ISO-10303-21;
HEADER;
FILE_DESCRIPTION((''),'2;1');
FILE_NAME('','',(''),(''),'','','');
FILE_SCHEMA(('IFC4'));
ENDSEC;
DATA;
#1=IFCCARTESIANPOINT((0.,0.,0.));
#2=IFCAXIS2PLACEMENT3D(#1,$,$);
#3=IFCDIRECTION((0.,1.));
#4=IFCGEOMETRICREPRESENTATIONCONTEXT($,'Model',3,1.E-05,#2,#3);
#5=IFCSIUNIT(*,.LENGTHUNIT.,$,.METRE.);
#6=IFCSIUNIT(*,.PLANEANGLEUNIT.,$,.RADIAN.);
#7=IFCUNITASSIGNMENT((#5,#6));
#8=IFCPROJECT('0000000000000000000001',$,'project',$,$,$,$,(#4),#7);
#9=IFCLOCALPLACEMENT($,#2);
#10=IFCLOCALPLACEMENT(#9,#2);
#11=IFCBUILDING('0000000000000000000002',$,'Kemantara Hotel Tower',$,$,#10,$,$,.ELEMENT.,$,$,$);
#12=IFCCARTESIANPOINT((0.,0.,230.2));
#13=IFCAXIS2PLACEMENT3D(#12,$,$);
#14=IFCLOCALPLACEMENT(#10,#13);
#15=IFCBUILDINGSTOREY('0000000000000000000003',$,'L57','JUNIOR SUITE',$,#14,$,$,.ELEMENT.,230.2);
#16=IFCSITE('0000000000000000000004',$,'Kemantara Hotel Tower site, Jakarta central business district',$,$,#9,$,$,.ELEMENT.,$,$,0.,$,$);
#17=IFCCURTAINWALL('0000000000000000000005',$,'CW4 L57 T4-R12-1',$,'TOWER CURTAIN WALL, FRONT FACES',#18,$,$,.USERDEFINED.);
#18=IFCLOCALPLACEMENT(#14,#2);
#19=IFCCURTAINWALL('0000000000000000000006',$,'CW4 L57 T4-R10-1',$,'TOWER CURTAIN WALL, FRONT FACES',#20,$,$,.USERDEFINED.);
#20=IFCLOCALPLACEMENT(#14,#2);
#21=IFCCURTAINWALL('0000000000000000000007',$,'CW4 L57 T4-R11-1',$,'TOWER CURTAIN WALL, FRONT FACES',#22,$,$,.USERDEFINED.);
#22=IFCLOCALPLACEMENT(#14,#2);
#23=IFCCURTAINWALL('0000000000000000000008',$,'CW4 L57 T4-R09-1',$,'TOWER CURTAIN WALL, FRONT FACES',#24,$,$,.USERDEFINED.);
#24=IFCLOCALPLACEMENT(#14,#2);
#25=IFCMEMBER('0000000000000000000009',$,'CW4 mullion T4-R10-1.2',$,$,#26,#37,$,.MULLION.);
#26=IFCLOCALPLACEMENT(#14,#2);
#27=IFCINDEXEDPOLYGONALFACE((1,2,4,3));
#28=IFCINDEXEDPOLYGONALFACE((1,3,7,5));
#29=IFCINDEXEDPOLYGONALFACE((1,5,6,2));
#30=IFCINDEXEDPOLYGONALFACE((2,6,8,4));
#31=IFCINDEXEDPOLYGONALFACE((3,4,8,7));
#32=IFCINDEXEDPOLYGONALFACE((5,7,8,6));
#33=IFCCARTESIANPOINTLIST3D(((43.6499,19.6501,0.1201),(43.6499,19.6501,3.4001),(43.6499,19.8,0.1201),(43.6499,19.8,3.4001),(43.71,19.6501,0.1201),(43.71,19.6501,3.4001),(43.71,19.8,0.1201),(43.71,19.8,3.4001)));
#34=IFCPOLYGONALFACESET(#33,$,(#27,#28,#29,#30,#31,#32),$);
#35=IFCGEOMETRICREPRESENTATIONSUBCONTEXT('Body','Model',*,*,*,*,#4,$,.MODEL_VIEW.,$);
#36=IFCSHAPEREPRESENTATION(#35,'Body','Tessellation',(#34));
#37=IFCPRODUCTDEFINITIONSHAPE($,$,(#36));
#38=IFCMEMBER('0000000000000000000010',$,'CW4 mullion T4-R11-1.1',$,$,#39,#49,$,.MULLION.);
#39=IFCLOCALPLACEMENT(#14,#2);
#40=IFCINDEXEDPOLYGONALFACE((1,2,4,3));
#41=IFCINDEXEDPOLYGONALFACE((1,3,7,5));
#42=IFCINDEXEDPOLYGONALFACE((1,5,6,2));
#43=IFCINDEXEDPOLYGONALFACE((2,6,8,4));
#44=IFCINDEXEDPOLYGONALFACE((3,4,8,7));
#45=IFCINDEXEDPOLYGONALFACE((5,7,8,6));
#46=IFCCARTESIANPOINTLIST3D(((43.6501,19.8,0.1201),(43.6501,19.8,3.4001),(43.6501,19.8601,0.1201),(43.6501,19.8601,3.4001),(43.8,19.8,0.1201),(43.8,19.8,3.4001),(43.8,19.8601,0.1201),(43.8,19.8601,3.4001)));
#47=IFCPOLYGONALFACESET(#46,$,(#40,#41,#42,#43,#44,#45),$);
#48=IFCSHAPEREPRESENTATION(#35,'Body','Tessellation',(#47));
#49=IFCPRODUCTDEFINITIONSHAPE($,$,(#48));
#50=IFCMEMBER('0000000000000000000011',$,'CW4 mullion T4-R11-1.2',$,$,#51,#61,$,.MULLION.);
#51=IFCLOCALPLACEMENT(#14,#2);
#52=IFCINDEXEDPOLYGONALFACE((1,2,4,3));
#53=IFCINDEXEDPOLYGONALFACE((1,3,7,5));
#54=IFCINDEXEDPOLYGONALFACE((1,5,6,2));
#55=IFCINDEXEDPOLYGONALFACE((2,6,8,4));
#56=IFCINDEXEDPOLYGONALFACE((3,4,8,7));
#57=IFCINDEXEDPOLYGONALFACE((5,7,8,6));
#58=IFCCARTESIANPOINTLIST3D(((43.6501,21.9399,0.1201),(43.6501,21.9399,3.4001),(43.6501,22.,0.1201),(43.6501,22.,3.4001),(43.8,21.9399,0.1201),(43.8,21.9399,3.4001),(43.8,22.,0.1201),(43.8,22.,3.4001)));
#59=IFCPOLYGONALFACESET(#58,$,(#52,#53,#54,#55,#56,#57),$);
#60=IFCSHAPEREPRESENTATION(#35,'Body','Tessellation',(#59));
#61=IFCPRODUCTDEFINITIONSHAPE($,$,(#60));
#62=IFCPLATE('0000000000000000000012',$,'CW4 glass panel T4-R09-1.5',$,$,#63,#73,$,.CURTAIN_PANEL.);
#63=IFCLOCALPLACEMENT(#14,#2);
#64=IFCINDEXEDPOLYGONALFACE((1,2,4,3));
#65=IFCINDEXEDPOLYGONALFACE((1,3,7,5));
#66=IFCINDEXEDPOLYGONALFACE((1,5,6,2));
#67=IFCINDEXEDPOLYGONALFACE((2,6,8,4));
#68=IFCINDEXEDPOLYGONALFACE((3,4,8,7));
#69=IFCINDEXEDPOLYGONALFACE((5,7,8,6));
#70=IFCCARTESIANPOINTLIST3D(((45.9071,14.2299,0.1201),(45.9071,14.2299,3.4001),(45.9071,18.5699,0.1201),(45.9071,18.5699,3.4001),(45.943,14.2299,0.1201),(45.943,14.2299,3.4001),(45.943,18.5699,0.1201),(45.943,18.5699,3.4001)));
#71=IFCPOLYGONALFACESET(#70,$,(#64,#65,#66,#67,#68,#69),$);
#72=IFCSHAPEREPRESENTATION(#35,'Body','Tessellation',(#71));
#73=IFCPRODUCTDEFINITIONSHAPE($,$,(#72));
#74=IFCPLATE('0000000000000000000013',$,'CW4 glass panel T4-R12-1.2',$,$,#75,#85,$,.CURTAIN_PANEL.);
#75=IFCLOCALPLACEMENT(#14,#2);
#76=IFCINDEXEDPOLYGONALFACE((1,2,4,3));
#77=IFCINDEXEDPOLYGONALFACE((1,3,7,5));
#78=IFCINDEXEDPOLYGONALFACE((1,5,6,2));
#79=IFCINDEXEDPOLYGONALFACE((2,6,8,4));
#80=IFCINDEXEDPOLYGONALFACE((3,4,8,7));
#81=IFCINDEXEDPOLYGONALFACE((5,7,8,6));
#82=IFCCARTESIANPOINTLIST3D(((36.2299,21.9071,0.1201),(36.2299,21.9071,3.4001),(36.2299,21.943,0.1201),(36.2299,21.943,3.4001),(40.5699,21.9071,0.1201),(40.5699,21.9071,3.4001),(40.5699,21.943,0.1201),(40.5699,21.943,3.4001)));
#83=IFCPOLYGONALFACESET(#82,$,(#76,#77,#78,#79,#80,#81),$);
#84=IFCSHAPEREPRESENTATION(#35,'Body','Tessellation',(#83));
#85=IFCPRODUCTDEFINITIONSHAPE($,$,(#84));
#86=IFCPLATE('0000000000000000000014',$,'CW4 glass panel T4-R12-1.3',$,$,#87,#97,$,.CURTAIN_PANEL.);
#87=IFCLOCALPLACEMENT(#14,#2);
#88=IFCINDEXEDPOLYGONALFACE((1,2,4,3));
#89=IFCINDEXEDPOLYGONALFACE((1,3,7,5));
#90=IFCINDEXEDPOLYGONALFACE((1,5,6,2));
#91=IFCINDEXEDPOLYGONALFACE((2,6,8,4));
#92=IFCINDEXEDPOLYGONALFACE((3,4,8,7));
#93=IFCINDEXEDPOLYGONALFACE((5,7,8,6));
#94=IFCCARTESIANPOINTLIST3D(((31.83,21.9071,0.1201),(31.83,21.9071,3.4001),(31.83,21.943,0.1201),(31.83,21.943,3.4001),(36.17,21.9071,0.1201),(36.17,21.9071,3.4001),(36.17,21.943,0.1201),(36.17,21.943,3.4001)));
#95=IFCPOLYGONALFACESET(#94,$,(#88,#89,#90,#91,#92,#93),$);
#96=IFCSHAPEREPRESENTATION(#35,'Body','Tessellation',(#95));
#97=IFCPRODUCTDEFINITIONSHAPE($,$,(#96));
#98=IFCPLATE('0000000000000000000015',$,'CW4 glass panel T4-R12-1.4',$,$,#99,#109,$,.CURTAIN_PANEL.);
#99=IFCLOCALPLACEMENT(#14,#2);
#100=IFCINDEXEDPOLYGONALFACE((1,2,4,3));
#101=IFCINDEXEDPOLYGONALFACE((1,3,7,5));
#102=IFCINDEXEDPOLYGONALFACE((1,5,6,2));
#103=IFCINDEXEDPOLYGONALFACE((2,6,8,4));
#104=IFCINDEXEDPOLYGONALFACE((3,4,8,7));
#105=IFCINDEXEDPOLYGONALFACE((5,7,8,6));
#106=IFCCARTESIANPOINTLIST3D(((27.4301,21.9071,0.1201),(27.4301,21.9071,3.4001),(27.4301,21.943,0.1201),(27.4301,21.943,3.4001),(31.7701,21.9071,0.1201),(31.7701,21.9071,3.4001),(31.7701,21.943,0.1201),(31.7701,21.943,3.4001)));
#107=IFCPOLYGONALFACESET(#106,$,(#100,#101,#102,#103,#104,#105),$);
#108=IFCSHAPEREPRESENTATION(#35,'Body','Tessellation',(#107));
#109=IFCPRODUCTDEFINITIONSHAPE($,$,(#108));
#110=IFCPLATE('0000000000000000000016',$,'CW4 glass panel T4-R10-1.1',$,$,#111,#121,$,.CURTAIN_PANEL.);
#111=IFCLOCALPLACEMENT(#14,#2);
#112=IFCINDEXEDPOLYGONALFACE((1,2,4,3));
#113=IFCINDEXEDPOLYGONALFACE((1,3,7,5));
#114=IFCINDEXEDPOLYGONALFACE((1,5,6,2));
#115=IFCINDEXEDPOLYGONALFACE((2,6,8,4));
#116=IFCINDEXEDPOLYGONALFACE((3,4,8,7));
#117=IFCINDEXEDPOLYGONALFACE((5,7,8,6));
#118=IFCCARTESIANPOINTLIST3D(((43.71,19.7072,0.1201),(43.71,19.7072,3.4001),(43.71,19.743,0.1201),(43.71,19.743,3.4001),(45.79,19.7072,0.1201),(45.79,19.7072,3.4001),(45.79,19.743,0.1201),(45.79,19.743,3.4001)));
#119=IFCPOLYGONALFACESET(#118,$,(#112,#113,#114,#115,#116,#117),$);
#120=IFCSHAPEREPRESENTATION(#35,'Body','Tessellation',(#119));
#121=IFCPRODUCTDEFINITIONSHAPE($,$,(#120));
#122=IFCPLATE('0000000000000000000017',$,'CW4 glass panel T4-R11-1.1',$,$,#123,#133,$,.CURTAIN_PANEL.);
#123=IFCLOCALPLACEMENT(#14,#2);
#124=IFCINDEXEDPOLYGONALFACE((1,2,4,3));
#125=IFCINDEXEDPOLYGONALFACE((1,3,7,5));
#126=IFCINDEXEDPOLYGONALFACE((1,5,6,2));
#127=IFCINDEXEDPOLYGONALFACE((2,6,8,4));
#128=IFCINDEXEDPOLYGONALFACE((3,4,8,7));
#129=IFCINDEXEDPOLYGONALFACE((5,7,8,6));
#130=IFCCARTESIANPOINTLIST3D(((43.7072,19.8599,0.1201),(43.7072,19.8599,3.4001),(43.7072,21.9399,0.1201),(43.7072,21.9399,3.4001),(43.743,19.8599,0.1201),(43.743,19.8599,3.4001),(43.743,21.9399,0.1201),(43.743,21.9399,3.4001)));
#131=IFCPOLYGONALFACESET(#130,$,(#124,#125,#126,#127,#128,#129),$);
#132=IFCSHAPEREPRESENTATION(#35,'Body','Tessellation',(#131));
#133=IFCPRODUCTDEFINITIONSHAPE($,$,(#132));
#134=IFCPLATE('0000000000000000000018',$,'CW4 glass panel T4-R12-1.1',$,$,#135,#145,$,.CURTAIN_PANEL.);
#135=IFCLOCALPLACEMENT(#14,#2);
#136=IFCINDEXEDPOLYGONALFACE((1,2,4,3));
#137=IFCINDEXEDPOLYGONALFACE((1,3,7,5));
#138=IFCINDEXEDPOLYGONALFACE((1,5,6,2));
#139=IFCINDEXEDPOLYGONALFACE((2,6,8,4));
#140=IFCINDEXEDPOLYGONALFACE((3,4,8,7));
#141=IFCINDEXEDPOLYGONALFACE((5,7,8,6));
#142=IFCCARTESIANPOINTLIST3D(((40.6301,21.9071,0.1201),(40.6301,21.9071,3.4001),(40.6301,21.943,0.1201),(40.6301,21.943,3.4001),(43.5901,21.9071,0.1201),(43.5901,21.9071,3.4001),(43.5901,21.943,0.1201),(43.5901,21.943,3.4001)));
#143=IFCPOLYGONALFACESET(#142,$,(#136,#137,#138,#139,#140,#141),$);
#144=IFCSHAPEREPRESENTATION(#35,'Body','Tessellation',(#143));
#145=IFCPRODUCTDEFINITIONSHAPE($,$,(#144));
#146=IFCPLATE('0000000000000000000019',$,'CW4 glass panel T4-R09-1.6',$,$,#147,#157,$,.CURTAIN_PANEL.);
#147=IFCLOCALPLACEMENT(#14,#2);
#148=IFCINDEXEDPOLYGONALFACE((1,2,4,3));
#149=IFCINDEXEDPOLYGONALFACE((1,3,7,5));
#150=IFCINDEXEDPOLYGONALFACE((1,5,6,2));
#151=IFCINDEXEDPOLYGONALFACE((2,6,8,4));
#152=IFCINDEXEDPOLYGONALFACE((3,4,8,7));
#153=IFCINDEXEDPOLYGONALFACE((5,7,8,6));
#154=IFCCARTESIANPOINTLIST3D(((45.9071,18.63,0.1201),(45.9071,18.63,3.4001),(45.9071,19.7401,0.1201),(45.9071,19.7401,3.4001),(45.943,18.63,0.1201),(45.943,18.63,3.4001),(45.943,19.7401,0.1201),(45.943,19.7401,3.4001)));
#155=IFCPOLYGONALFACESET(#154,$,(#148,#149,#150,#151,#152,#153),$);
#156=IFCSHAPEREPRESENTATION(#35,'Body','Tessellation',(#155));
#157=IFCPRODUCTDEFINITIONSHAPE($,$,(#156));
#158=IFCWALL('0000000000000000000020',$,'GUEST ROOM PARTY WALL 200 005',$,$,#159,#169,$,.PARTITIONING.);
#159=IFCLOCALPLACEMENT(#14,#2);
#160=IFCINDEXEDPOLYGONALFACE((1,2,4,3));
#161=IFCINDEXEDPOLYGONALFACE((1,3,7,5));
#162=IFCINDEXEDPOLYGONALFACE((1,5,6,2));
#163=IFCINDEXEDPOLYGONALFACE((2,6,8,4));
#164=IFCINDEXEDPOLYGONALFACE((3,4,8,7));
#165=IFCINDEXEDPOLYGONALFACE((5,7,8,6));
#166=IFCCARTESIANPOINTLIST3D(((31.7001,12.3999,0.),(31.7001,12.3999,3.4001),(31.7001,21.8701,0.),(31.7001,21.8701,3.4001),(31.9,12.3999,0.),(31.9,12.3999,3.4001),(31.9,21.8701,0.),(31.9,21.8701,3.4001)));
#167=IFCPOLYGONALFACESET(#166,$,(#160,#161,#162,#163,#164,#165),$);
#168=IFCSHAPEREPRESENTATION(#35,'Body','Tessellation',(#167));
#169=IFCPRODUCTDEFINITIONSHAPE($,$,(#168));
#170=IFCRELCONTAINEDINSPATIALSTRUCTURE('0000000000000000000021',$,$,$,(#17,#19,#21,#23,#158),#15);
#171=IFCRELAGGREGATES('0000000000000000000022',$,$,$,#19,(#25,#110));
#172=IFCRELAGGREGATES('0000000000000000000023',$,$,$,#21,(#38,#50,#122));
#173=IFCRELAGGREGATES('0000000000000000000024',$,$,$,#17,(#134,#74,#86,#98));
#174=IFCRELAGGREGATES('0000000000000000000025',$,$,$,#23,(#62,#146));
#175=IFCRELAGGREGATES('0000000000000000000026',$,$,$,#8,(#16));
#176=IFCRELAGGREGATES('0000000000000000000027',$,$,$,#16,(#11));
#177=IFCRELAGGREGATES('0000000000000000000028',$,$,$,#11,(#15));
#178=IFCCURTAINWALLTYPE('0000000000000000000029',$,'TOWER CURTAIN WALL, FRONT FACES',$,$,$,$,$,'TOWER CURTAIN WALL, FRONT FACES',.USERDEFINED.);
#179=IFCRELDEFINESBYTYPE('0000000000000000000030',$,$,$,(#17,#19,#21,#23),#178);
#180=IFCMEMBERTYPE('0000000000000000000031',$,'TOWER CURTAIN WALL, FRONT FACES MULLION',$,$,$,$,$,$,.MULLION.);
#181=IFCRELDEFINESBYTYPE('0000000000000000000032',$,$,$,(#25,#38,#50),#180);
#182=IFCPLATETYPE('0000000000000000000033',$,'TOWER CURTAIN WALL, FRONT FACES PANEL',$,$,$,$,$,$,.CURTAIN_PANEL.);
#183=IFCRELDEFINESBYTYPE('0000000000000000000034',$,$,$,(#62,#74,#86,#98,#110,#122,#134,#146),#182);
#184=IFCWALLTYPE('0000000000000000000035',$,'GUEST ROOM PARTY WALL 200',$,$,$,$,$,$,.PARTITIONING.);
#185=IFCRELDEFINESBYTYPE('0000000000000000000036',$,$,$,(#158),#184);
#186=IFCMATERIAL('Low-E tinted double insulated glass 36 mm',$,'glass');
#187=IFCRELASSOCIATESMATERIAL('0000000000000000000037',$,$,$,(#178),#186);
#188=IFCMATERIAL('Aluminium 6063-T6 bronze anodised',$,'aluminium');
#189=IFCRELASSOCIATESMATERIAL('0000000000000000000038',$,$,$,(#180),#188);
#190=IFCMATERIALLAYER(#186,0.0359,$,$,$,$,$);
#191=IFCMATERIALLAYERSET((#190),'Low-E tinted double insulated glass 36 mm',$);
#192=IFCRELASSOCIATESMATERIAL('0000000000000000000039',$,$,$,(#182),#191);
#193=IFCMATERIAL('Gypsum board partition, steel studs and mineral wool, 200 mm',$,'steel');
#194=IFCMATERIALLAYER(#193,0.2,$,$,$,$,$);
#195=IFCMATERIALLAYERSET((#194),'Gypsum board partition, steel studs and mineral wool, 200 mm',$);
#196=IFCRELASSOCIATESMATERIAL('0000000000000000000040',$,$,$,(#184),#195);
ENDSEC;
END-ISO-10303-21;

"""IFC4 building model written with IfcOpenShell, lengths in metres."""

from ifc_helpers import new_model, si_unit, direction, frame, frame_2d, origin, origin_2d, place, context, subcontext, project, spatial, rectangle, extrude, source, transform, mapped, material, layer, layer_set, material_profile, profile_set, type_object, element, aggregate, save


model = new_model("IFC4")

# Units and contexts
model_context = context("Model", 3, precision=1e-05, world=origin(), true_north=direction((0.0, 1.0)))
body_context = subcontext(model_context, "Body", "Model", "MODEL_VIEW")
ifc_project = project(units=[si_unit("LENGTHUNIT", "METRE"), si_unit("PLANEANGLEUNIT", "RADIAN")], contexts=[model_context])

# Site, building, storey
site_placement = place(None, origin())
site = spatial("IfcSite", under=ifc_project, at=site_placement, Name="Kemantara Hotel Tower site, Jakarta central business district", CompositionType="ELEMENT", RefElevation=0.0)
building_placement = place(site_placement, origin())
building = spatial("IfcBuilding", under=site, at=building_placement, Name="Kemantara Hotel Tower", CompositionType="ELEMENT")
storey_placement = place(building_placement, frame((0.0, 0.0, 230.2)))
storey = spatial("IfcBuildingStorey", under=building, at=storey_placement, Name="L57", Description="JUNIOR SUITE", CompositionType="ELEMENT", Elevation=230.2)

# Curtain walls
ifc_material_1 = material(Name="Low-E tinted double insulated glass 36 mm", Category="glass")
curtain_wall_type = type_object("IfcCurtainWallType", Name="TOWER CURTAIN WALL, FRONT FACES", ElementType="TOWER CURTAIN WALL, FRONT FACES", PredefinedType="USERDEFINED", material=ifc_material_1)
curtain_wall_1_placement = place(storey_placement, origin())
curtain_wall_1 = element("IfcCurtainWall", 1, at=curtain_wall_1_placement, inside=storey, type_object=curtain_wall_type, Name="CW4 L57 T4-R12-1", ObjectType="TOWER CURTAIN WALL, FRONT FACES", PredefinedType="USERDEFINED")
ifc_material_2 = material(Name="Aluminium 6063-T6 bronze anodised", Category="aluminium")
curtain_wall_2_placement = place(storey_placement, origin())
curtain_wall_2 = element("IfcCurtainWall", 2, at=curtain_wall_2_placement, inside=storey, type_object=curtain_wall_type, Name="CW4 L57 T4-R10-1", ObjectType="TOWER CURTAIN WALL, FRONT FACES", PredefinedType="USERDEFINED")
curtain_wall_3_placement = place(storey_placement, origin())
curtain_wall_3 = element("IfcCurtainWall", 3, at=curtain_wall_3_placement, inside=storey, type_object=curtain_wall_type, Name="CW4 L57 T4-R11-1", ObjectType="TOWER CURTAIN WALL, FRONT FACES", PredefinedType="USERDEFINED")

# Curtain wall
curtain_wall_4_placement = place(storey_placement, origin())
curtain_wall_4 = element("IfcCurtainWall", 4, at=curtain_wall_4_placement, inside=storey, type_object=curtain_wall_type, Name="CW4 L57 T4-R09-1", ObjectType="TOWER CURTAIN WALL, FRONT FACES", PredefinedType="USERDEFINED")
ifc_material_profile_1 = material_profile(ifc_material_2, rectangle(XDim=0.1499, YDim=0.0601, at=origin_2d()), Name="TOWER CURTAIN WALL, FRONT FACES MULLION")
ifc_profile_set_1 = profile_set([ifc_material_profile_1], Name="Aluminium 6063-T6 bronze anodised")
member_type_1 = type_object("IfcMemberType", Name="TOWER CURTAIN WALL, FRONT FACES MULLION", PredefinedType="MULLION", material=ifc_profile_set_1)
shared_shape_1 = source(origin(), body_context, "Body", "SweptSolid", [
    extrude(rectangle(XDim=0.1499, YDim=0.0601, at=origin_2d()), origin(), (0.0, 0.0, 1.0), 3.28),
])

# Members
member_1_placement = place(storey_placement, frame((43.6799, 19.7251, 0.1201), z_axis=(0.0, 0.0, 1.0), x_axis=(0.0, -1.0, 0.0)))
member_1 = element("IfcMember", 5, at=member_1_placement, type_object=member_type_1, Name="CW4 mullion T4-R10-1.2", PredefinedType="MULLION", context=body_context, shape_type="MappedRepresentation", body=[
    mapped(shared_shape_1, transform((0.0, 0.0, 0.0))),
])
member_2_placement = place(storey_placement, frame((43.7251, 19.8301, 0.1201), z_axis=(0.0, 0.0, 1.0), x_axis=(-1.0, 0.0, 0.0)))
member_2 = element("IfcMember", 6, at=member_2_placement, type_object=member_type_1, Name="CW4 mullion T4-R11-1.1", PredefinedType="MULLION", context=body_context, shape_type="MappedRepresentation", body=[
    mapped(shared_shape_1, transform((0.0, 0.0, 0.0))),
])
member_3_placement = place(storey_placement, frame((43.7251, 21.97, 0.1201), z_axis=(0.0, 0.0, 1.0), x_axis=(-1.0, 0.0, 0.0)))
member_3 = element("IfcMember", 7, at=member_3_placement, type_object=member_type_1, Name="CW4 mullion T4-R11-1.2", PredefinedType="MULLION", context=body_context, shape_type="MappedRepresentation", body=[
    mapped(shared_shape_1, transform((0.0, 0.0, 0.0))),
])

# Plates
ifc_layer_1 = layer(ifc_material_1, 0.0359)
ifc_layer_set_1 = layer_set([ifc_layer_1], Name="Low-E tinted double insulated glass 36 mm")
plate_type = type_object("IfcPlateType", Name="TOWER CURTAIN WALL, FRONT FACES PANEL", PredefinedType="CURTAIN_PANEL", material=ifc_layer_set_1)
shared_shape_2 = source(origin(), body_context, "Body", "SweptSolid", [
    extrude(rectangle(XDim=4.3401, YDim=0.0359, at=origin_2d()), origin(), (0.0, 0.0, 1.0), 3.28),
])
plate_1_placement = place(storey_placement, frame((45.925, 16.3999, 0.1201), z_axis=(0.0, 0.0, 1.0), x_axis=(0.0, 1.0, 0.0)))
plate_1 = element("IfcPlate", 8, at=plate_1_placement, type_object=plate_type, Name="CW4 glass panel T4-R09-1.5", PredefinedType="CURTAIN_PANEL", context=body_context, shape_type="MappedRepresentation", body=[
    mapped(shared_shape_2, transform((0.0, 0.0, 0.0))),
])
plate_2_placement = place(storey_placement, frame((38.3999, 21.925, 0.1201), z_axis=(0.0, 0.0, 1.0), x_axis=(-1.0, 0.0, 0.0)))
plate_2 = element("IfcPlate", 9, at=plate_2_placement, type_object=plate_type, Name="CW4 glass panel T4-R12-1.2", PredefinedType="CURTAIN_PANEL", context=body_context, shape_type="MappedRepresentation", body=[
    mapped(shared_shape_2, transform((0.0, 0.0, 0.0))),
])
plate_3_placement = place(storey_placement, frame((34.0, 21.925, 0.1201), z_axis=(0.0, 0.0, 1.0), x_axis=(-1.0, 0.0, 0.0)))
plate_3 = element("IfcPlate", 10, at=plate_3_placement, type_object=plate_type, Name="CW4 glass panel T4-R12-1.3", PredefinedType="CURTAIN_PANEL", context=body_context, shape_type="MappedRepresentation", body=[
    mapped(shared_shape_2, transform((0.0, 0.0, 0.0))),
])
plate_4_placement = place(storey_placement, frame((29.6001, 21.925, 0.1201), z_axis=(0.0, 0.0, 1.0), x_axis=(-1.0, 0.0, 0.0)))
plate_4 = element("IfcPlate", 11, at=plate_4_placement, type_object=plate_type, Name="CW4 glass panel T4-R12-1.4", PredefinedType="CURTAIN_PANEL", context=body_context, shape_type="MappedRepresentation", body=[
    mapped(shared_shape_2, transform((0.0, 0.0, 0.0))),
])
shared_shape_3 = source(origin(), body_context, "Body", "SweptSolid", [
    extrude(rectangle(XDim=2.0801, YDim=0.0359, at=origin_2d()), origin(), (0.0, 0.0, 1.0), 3.28),
])
plate_5_placement = place(storey_placement, frame((44.75, 19.7251, 0.1201), z_axis=(0.0, 0.0, 1.0), x_axis=(-1.0, 0.0, 0.0)))
plate_5 = element("IfcPlate", 12, at=plate_5_placement, type_object=plate_type, Name="CW4 glass panel T4-R10-1.1", PredefinedType="CURTAIN_PANEL", context=body_context, shape_type="MappedRepresentation", body=[
    mapped(shared_shape_3, transform((0.0, 0.0, 0.0))),
])
aggregate(curtain_wall_2, [member_1, plate_5])
plate_6_placement = place(storey_placement, frame((43.7251, 20.8999, 0.1201), z_axis=(0.0, 0.0, 1.0), x_axis=(0.0, 1.0, 0.0)))
plate_6 = element("IfcPlate", 13, at=plate_6_placement, type_object=plate_type, Name="CW4 glass panel T4-R11-1.1", PredefinedType="CURTAIN_PANEL", context=body_context, shape_type="MappedRepresentation", body=[
    mapped(shared_shape_3, transform((0.0, 0.0, 0.0))),
])
aggregate(curtain_wall_3, [member_2, member_3, plate_6])
shared_shape_4 = source(origin(), body_context, "Body", "SweptSolid", [
    extrude(rectangle(XDim=2.96, YDim=0.0359, at=origin_2d()), origin(), (0.0, 0.0, 1.0), 3.28),
])
plate_7_placement = place(storey_placement, frame((42.1101, 21.925, 0.1201), z_axis=(0.0, 0.0, 1.0), x_axis=(-1.0, 0.0, 0.0)))
plate_7 = element("IfcPlate", 14, at=plate_7_placement, type_object=plate_type, Name="CW4 glass panel T4-R12-1.1", PredefinedType="CURTAIN_PANEL", context=body_context, shape_type="MappedRepresentation", body=[
    mapped(shared_shape_4, transform((0.0, 0.0, 0.0))),
])
aggregate(curtain_wall_1, [plate_7, plate_2, plate_3, plate_4])
shared_shape_5 = source(origin(), body_context, "Body", "SweptSolid", [
    extrude(rectangle(XDim=1.1101, YDim=0.0359, at=origin_2d()), origin(), (0.0, 0.0, 1.0), 3.28),
])
plate_8_placement = place(storey_placement, frame((45.925, 19.1851, 0.1201), z_axis=(0.0, 0.0, 1.0), x_axis=(0.0, 1.0, 0.0)))
plate_8 = element("IfcPlate", 15, at=plate_8_placement, type_object=plate_type, Name="CW4 glass panel T4-R09-1.6", PredefinedType="CURTAIN_PANEL", context=body_context, shape_type="MappedRepresentation", body=[
    mapped(shared_shape_5, transform((0.0, 0.0, 0.0))),
])
aggregate(curtain_wall_4, [plate_1, plate_8])

# Wall
ifc_material_3 = material(Name="Gypsum board partition, steel studs and mineral wool, 200 mm", Category="steel")
ifc_layer_2 = layer(ifc_material_3, 0.2)
ifc_layer_set_2 = layer_set([ifc_layer_2], Name="Gypsum board partition, steel studs and mineral wool, 200 mm")
wall_type_1 = type_object("IfcWallType", Name="GUEST ROOM PARTY WALL 200", PredefinedType="PARTITIONING", material=ifc_layer_set_2)
wall_1_placement = place(storey_placement, frame((31.8, 12.3999, 0.0), z_axis=(0.0, 0.0, 1.0), x_axis=(0.0, 1.0, 0.0)))
element("IfcWall", 16, at=wall_1_placement, inside=storey, type_object=wall_type_1, Name="GUEST ROOM PARTY WALL 200 005", PredefinedType="PARTITIONING", context=body_context, shape_type="SweptSolid", body=[
    extrude(rectangle(XDim=9.4702, YDim=0.2, at=frame_2d((4.7351, 0.0))), origin(), (0.0, 0.0, 1.0), 3.4001),
])

save(model, "model.ifc")
